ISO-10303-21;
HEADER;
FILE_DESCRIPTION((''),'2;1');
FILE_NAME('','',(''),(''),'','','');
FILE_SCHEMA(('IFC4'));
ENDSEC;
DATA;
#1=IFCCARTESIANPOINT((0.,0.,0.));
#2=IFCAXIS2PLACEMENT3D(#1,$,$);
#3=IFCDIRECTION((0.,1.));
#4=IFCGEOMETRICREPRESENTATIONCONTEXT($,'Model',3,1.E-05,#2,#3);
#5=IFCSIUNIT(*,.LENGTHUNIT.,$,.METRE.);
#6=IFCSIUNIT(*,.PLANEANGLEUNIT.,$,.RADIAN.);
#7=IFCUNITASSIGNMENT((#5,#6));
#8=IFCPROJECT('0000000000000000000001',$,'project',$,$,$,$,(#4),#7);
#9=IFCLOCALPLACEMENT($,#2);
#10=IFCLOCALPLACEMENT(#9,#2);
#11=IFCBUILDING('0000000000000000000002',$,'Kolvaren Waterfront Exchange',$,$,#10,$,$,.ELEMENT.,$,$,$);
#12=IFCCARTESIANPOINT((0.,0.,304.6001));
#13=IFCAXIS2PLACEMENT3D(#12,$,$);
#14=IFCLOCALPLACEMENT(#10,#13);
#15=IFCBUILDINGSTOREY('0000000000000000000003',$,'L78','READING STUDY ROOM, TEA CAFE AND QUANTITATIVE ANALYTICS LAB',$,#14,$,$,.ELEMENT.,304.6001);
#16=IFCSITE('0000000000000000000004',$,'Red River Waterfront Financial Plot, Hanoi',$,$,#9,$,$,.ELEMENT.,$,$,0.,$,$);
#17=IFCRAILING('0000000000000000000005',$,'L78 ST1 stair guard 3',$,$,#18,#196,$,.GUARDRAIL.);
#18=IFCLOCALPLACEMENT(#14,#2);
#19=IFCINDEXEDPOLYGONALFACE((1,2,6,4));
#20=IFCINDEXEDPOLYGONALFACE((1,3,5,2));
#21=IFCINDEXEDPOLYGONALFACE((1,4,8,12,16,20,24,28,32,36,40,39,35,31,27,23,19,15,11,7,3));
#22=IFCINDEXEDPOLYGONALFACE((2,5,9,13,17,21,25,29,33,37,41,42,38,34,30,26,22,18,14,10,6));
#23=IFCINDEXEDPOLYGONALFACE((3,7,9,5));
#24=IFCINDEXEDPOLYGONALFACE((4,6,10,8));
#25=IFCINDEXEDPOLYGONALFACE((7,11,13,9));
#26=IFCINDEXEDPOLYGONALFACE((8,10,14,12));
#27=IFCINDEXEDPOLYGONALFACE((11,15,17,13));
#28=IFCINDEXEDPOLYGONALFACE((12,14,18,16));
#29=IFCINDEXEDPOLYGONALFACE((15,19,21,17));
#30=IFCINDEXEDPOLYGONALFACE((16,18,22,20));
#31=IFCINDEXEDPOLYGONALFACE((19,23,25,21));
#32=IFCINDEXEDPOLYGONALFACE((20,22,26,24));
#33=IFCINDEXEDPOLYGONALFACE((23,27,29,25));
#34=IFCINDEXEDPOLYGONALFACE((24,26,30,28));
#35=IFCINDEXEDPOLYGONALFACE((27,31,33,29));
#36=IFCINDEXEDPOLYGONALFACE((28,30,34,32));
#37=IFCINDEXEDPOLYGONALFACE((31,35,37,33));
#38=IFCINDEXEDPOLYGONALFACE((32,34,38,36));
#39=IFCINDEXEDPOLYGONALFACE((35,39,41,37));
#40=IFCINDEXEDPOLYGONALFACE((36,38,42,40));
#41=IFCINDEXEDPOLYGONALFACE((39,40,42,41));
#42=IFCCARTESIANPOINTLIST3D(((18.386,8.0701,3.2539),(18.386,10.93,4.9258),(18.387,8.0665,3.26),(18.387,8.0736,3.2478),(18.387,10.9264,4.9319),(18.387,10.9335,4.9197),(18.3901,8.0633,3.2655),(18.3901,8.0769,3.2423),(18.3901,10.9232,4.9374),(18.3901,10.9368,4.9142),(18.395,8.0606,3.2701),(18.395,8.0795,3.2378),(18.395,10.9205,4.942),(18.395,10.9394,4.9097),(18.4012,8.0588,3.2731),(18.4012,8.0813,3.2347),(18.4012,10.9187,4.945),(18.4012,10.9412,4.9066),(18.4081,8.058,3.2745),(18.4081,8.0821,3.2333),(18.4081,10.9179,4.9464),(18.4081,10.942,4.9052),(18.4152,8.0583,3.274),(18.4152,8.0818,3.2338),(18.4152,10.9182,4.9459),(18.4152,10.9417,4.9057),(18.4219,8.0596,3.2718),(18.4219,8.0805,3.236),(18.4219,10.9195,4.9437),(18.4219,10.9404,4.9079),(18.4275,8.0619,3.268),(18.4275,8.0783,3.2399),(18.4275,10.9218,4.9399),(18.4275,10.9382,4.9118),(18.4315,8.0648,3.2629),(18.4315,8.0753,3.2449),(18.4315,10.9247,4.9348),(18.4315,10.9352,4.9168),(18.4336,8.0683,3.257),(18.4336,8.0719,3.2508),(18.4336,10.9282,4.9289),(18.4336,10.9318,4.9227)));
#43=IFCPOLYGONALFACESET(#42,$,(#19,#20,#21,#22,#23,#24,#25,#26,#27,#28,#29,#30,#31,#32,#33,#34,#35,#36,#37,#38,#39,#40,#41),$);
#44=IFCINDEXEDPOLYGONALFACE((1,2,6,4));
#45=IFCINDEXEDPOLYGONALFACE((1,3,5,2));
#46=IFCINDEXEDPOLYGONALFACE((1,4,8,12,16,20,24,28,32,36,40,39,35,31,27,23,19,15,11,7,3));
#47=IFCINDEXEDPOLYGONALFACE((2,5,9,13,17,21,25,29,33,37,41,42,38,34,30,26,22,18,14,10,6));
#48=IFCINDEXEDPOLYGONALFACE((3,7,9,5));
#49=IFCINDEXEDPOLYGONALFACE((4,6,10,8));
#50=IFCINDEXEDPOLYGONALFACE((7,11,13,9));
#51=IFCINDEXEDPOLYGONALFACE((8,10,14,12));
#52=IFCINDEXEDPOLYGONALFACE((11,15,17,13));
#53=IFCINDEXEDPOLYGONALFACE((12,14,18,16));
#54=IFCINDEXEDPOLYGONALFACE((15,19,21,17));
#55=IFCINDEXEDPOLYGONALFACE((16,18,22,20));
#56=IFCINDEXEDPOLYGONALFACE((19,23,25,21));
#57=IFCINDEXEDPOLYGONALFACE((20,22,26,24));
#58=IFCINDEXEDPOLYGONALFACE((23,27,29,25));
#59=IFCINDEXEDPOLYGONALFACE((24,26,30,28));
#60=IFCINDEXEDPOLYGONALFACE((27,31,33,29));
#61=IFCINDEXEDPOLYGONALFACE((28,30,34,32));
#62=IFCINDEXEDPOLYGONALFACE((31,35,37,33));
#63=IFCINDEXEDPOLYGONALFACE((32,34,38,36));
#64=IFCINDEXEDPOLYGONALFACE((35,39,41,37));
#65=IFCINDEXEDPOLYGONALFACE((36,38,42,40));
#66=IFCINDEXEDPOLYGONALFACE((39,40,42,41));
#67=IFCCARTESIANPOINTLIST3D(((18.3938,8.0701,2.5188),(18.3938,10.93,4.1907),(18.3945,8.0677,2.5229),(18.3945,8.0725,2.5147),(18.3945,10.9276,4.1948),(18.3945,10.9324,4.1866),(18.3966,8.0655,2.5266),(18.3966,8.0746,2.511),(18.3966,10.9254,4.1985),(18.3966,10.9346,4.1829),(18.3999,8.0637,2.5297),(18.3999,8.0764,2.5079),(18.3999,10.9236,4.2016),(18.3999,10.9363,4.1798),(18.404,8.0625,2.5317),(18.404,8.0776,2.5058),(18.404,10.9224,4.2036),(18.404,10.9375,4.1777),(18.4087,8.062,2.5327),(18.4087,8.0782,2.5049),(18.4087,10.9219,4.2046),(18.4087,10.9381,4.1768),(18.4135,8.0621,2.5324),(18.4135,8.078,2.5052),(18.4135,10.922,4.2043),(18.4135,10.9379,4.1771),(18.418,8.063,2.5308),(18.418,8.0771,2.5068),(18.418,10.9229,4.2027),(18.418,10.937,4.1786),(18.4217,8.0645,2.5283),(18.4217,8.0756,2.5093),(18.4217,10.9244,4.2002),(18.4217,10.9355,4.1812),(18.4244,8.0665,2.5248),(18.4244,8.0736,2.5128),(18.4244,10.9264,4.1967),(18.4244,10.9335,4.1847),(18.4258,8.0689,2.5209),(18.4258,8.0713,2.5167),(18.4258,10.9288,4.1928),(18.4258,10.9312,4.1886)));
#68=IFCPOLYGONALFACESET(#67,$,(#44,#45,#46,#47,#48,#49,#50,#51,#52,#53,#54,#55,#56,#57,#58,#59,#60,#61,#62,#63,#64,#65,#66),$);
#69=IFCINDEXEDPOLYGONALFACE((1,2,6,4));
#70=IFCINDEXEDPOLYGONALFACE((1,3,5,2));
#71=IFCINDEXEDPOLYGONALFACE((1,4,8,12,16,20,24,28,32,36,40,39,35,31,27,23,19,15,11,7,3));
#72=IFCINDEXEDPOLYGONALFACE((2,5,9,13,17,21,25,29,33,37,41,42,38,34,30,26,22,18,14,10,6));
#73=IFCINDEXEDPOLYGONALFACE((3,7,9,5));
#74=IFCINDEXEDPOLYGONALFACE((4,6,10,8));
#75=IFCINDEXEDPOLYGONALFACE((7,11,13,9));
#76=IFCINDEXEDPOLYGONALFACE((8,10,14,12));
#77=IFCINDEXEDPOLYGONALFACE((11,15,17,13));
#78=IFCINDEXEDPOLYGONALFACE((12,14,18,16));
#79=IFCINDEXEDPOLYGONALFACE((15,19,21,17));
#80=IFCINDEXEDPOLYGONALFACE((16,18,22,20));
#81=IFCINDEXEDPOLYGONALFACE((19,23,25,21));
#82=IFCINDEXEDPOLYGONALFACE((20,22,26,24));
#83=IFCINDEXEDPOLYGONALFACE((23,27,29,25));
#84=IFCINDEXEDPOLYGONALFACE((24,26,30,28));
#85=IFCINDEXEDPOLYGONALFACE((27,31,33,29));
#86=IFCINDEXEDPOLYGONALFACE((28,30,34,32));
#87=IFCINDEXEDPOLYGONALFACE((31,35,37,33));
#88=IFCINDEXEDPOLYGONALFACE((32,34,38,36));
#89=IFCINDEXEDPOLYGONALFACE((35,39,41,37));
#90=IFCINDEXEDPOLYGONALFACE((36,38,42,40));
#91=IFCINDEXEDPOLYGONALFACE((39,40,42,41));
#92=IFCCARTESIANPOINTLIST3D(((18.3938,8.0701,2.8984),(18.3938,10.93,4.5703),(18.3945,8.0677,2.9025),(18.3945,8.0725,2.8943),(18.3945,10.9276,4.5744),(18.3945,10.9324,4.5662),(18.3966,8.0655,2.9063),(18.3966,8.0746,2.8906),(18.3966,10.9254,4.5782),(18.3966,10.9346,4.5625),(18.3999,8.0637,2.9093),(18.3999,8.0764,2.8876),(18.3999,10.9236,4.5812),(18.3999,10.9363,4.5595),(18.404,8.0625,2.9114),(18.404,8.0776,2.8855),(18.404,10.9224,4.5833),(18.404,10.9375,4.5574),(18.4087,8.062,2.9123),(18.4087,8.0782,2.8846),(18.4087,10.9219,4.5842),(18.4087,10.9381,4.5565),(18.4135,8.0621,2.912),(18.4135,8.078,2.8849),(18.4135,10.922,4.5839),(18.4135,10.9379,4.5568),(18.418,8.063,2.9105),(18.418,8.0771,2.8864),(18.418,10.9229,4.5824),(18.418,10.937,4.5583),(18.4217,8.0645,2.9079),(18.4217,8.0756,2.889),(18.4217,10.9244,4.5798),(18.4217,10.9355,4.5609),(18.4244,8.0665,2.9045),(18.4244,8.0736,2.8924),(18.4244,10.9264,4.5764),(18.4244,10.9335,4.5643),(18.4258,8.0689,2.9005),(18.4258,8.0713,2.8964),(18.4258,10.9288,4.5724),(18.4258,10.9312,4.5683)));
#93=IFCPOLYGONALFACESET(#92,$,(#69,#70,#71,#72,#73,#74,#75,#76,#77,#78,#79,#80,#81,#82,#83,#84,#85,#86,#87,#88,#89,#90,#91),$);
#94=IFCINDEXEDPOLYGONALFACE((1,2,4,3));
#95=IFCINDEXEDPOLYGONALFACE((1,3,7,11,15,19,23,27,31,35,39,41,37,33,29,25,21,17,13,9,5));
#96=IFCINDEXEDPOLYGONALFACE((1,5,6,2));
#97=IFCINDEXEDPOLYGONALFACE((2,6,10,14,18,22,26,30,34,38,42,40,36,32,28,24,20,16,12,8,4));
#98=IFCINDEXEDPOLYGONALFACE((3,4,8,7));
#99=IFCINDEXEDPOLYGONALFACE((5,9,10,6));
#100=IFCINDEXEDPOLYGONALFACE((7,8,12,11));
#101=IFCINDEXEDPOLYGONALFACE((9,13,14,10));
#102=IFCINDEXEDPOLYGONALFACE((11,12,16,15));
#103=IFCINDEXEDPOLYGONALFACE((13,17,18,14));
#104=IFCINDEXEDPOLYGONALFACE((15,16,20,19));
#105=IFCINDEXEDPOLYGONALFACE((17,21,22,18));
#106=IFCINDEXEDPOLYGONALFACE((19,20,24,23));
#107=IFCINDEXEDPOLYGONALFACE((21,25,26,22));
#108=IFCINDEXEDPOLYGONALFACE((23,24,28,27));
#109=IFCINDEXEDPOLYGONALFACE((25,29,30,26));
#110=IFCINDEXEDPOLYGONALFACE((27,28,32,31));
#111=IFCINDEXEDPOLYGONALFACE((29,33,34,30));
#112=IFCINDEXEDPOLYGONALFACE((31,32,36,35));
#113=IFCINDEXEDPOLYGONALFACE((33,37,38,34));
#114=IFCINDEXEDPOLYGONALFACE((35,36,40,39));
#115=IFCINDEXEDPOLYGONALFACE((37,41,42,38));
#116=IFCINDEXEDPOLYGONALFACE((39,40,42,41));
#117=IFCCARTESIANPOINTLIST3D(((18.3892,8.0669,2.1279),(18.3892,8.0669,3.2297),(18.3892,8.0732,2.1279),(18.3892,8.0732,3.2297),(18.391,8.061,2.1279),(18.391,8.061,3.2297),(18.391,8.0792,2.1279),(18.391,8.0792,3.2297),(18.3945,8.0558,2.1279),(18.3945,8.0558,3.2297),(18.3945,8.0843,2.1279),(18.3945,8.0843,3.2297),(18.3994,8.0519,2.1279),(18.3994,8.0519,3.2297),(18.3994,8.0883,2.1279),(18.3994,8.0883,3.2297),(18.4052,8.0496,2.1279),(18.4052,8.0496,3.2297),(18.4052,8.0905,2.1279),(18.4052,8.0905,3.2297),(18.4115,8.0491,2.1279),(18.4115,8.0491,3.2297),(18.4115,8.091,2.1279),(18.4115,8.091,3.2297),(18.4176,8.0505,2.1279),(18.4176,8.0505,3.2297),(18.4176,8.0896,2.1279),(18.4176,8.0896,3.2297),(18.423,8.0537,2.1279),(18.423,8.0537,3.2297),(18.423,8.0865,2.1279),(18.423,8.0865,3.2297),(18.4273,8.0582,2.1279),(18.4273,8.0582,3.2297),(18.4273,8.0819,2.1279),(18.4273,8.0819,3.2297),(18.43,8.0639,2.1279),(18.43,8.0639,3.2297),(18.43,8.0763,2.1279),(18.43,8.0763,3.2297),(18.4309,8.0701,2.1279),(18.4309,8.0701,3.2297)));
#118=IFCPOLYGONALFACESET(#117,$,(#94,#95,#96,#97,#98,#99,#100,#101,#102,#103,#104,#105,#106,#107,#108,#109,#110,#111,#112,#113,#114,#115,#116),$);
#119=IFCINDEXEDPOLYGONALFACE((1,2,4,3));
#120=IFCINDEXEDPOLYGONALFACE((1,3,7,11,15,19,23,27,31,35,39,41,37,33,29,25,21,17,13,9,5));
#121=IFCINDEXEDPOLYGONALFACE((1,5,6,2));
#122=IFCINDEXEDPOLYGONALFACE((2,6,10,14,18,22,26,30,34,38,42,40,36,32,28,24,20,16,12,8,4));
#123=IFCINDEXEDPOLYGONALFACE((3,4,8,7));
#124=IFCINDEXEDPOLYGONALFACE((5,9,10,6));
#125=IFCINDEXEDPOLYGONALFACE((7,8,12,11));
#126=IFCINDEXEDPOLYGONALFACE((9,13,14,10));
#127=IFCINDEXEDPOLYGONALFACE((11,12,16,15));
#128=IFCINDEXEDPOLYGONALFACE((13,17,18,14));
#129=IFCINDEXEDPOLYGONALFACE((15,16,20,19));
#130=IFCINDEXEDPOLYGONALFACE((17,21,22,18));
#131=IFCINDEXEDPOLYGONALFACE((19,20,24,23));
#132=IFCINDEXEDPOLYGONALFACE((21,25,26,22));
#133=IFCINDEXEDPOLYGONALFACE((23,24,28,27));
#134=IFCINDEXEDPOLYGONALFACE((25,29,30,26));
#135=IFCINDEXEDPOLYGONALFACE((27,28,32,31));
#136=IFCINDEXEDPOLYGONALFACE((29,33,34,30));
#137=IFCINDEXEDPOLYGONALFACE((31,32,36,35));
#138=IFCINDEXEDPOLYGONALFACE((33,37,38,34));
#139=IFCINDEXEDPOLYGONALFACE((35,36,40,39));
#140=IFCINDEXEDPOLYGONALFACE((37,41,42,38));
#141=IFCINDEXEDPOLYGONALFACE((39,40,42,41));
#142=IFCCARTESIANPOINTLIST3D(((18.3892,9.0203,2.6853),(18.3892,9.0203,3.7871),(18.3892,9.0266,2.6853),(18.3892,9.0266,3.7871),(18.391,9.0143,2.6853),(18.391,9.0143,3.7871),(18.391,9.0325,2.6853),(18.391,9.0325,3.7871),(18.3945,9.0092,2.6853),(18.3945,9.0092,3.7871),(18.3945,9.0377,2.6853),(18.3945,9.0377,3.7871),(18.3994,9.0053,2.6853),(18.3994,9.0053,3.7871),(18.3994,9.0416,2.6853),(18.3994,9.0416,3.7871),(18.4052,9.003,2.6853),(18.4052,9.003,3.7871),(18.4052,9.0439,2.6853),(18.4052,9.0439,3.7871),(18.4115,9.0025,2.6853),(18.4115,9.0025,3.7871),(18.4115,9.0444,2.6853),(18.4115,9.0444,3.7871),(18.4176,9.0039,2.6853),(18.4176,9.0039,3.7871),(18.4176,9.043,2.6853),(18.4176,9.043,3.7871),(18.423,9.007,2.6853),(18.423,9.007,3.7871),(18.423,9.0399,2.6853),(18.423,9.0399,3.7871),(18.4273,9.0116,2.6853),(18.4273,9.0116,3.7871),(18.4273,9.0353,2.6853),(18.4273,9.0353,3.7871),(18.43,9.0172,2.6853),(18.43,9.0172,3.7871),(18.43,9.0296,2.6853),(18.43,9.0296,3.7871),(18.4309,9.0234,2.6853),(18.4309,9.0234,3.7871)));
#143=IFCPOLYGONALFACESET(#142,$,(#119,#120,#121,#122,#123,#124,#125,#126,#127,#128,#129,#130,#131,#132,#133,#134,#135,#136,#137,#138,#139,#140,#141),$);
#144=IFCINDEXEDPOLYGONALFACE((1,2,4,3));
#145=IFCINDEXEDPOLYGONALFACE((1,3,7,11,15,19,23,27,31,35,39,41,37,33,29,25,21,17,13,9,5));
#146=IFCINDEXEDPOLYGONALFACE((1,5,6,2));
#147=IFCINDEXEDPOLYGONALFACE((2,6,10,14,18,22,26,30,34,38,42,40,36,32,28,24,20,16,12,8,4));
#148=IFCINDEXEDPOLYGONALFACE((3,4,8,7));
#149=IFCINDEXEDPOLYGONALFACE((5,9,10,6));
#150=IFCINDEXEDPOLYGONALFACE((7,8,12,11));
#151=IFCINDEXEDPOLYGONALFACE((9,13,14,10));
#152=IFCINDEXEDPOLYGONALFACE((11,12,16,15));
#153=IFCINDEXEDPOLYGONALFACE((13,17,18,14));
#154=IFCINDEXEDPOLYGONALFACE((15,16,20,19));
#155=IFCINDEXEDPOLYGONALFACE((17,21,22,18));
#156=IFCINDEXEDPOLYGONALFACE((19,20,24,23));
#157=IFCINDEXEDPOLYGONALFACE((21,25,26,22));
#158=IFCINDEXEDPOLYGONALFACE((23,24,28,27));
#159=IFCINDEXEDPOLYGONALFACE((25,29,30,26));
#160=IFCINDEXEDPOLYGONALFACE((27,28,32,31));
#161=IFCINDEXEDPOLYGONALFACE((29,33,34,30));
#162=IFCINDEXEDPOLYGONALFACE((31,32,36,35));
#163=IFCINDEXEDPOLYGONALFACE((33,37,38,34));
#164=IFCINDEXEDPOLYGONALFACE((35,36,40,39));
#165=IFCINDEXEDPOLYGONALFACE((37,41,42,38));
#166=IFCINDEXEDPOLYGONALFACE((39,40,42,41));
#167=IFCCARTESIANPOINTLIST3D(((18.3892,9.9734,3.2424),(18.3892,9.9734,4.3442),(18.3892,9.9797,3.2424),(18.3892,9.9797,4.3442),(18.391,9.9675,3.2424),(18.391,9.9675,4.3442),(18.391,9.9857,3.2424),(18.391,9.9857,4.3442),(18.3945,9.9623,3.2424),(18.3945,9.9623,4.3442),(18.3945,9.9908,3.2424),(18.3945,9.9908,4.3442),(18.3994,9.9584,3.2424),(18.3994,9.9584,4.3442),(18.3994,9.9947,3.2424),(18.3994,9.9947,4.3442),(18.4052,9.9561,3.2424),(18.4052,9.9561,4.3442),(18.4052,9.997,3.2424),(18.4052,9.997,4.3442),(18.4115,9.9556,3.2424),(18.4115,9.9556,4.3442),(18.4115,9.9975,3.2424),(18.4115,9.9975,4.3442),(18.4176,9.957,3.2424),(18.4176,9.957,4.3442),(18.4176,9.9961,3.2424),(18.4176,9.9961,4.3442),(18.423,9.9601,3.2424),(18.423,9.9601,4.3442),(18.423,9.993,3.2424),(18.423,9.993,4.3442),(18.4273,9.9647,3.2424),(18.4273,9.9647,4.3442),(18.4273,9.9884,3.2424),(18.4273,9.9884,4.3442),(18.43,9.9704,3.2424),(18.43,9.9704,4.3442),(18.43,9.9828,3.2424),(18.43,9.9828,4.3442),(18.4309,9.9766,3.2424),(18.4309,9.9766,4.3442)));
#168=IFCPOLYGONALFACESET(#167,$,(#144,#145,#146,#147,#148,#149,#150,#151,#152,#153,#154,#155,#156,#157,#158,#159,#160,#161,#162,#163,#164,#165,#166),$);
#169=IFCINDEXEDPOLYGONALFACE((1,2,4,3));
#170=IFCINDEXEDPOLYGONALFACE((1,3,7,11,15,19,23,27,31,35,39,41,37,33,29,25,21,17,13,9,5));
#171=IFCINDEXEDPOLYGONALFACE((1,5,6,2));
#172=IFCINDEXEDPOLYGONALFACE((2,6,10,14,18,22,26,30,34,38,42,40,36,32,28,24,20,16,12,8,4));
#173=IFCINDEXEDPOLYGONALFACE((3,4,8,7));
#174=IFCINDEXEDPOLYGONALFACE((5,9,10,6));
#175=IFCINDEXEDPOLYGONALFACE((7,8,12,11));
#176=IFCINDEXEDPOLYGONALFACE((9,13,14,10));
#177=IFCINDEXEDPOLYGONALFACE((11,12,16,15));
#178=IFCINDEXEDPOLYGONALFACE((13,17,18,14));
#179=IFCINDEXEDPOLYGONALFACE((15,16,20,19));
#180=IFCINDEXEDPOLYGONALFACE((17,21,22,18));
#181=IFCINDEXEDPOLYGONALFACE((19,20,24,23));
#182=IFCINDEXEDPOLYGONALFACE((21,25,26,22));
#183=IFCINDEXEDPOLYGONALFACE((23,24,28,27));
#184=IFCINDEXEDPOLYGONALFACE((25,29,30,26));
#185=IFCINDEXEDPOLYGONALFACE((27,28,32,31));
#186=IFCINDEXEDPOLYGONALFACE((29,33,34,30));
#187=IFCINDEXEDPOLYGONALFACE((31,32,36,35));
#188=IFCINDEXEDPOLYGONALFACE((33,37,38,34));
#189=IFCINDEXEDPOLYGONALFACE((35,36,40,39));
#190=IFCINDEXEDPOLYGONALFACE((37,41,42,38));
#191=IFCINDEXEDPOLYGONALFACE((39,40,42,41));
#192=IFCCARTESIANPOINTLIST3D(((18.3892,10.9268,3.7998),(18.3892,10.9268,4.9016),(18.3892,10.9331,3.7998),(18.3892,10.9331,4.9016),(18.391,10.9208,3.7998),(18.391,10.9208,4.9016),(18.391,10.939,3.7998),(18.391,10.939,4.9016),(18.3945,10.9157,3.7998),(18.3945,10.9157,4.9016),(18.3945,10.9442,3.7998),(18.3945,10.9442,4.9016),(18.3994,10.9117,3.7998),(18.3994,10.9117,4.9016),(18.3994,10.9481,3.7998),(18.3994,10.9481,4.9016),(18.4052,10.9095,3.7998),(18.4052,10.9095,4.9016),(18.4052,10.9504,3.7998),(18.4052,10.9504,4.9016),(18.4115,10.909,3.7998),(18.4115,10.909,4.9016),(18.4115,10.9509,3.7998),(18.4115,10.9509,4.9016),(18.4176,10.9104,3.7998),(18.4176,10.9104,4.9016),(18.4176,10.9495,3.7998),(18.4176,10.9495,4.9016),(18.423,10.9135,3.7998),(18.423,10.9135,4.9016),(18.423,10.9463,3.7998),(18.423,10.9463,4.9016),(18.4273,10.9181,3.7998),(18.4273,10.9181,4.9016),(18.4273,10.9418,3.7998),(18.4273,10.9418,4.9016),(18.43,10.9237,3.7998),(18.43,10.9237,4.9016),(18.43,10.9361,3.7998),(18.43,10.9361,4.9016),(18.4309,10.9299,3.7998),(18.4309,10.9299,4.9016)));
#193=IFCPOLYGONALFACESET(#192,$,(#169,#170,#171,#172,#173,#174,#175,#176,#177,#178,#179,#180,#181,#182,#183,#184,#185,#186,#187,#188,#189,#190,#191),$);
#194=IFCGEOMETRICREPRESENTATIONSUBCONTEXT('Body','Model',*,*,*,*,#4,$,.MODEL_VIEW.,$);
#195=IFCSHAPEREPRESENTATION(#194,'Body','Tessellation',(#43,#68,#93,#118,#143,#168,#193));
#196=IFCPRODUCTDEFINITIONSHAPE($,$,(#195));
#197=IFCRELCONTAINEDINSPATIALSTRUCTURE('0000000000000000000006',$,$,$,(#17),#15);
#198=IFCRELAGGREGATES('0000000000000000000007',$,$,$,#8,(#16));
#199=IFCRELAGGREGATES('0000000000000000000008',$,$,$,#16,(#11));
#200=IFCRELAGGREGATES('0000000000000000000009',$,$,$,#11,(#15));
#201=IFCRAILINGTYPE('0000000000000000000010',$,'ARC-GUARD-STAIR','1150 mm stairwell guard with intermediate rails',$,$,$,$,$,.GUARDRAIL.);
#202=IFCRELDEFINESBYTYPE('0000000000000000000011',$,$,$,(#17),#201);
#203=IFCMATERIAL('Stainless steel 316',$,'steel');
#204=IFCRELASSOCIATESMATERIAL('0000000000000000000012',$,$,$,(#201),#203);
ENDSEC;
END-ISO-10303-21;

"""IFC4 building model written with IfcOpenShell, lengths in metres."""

from ifc_helpers import new_model, si_unit, direction, frame, origin, origin_2d, place, context, subcontext, project, spatial, circle, extrude, material, type_object, element, save


model = new_model("IFC4")

# Units and contexts
model_context = context("Model", 3, precision=1e-05, world=origin(), true_north=direction((0.0, 1.0)))
body_context = subcontext(model_context, "Body", "Model", "MODEL_VIEW")
ifc_project = project(units=[si_unit("LENGTHUNIT", "METRE"), si_unit("PLANEANGLEUNIT", "RADIAN")], contexts=[model_context])

# Site, building, storey
site_placement = place(None, origin())
site = spatial("IfcSite", under=ifc_project, at=site_placement, Name="Red River Waterfront Financial Plot, Hanoi", CompositionType="ELEMENT", RefElevation=0.0)
building_placement = place(site_placement, origin())
building = spatial("IfcBuilding", under=site, at=building_placement, Name="Kolvaren Waterfront Exchange", CompositionType="ELEMENT")
storey_placement = place(building_placement, frame((0.0, 0.0, 304.6001)))
storey = spatial("IfcBuildingStorey", under=building, at=storey_placement, Name="L78", Description="READING STUDY ROOM, TEA CAFE AND QUANTITATIVE ANALYTICS LAB", CompositionType="ELEMENT", Elevation=304.6001)

# Railing
ifc_material_1 = material(Name="Stainless steel 316", Category="steel")
railing_type_1 = type_object("IfcRailingType", Name="ARC-GUARD-STAIR", Description="1150 mm stairwell guard with intermediate rails", PredefinedType="GUARDRAIL", material=ifc_material_1)
railing_1_placement = place(storey_placement, frame((18.4099, 8.0701, 2.1279)))
element("IfcRailing", 1, at=railing_1_placement, inside=storey, type_object=railing_type_1, Name="L78 ST1 stair guard 3", PredefinedType="GUARDRAIL", context=body_context, shape_type="SweptSolid", body=[
    extrude(circle(Radius=0.0239, at=origin_2d()), frame((0.0, 0.0, 1.126), z_axis=(0.0, 0.863303, 0.504686), x_axis=(-1.0, 0.0, 0.0)), (0.0, 0.0, 1.0), 3.3127),
    extrude(circle(Radius=0.0161, at=origin_2d()), frame((0.0, 0.0, 0.3909), z_axis=(0.0, 0.863303, 0.504686), x_axis=(-1.0, 0.0, 0.0)), (0.0, 0.0, 1.0), 3.3127),
    extrude(circle(Radius=0.0161, at=origin_2d()), frame((0.0, 0.0, 0.7705), z_axis=(0.0, 0.863303, 0.504686), x_axis=(-1.0, 0.0, 0.0)), (0.0, 0.0, 1.0), 3.3127),
    extrude(circle(Radius=0.021, at=origin_2d()), origin(), (0.0, 0.0, 1.0), 1.1018),
    extrude(circle(Radius=0.021, at=origin_2d()), frame((0.0, 0.9534, 0.5574)), (0.0, 0.0, 1.0), 1.1018),
    extrude(circle(Radius=0.021, at=origin_2d()), frame((0.0, 1.9065, 1.1145)), (0.0, 0.0, 1.0), 1.1018),
    extrude(circle(Radius=0.021, at=origin_2d()), frame((0.0, 2.8599, 1.6719)), (0.0, 0.0, 1.0), 1.1018),
])

save(model, "model.ifc")
